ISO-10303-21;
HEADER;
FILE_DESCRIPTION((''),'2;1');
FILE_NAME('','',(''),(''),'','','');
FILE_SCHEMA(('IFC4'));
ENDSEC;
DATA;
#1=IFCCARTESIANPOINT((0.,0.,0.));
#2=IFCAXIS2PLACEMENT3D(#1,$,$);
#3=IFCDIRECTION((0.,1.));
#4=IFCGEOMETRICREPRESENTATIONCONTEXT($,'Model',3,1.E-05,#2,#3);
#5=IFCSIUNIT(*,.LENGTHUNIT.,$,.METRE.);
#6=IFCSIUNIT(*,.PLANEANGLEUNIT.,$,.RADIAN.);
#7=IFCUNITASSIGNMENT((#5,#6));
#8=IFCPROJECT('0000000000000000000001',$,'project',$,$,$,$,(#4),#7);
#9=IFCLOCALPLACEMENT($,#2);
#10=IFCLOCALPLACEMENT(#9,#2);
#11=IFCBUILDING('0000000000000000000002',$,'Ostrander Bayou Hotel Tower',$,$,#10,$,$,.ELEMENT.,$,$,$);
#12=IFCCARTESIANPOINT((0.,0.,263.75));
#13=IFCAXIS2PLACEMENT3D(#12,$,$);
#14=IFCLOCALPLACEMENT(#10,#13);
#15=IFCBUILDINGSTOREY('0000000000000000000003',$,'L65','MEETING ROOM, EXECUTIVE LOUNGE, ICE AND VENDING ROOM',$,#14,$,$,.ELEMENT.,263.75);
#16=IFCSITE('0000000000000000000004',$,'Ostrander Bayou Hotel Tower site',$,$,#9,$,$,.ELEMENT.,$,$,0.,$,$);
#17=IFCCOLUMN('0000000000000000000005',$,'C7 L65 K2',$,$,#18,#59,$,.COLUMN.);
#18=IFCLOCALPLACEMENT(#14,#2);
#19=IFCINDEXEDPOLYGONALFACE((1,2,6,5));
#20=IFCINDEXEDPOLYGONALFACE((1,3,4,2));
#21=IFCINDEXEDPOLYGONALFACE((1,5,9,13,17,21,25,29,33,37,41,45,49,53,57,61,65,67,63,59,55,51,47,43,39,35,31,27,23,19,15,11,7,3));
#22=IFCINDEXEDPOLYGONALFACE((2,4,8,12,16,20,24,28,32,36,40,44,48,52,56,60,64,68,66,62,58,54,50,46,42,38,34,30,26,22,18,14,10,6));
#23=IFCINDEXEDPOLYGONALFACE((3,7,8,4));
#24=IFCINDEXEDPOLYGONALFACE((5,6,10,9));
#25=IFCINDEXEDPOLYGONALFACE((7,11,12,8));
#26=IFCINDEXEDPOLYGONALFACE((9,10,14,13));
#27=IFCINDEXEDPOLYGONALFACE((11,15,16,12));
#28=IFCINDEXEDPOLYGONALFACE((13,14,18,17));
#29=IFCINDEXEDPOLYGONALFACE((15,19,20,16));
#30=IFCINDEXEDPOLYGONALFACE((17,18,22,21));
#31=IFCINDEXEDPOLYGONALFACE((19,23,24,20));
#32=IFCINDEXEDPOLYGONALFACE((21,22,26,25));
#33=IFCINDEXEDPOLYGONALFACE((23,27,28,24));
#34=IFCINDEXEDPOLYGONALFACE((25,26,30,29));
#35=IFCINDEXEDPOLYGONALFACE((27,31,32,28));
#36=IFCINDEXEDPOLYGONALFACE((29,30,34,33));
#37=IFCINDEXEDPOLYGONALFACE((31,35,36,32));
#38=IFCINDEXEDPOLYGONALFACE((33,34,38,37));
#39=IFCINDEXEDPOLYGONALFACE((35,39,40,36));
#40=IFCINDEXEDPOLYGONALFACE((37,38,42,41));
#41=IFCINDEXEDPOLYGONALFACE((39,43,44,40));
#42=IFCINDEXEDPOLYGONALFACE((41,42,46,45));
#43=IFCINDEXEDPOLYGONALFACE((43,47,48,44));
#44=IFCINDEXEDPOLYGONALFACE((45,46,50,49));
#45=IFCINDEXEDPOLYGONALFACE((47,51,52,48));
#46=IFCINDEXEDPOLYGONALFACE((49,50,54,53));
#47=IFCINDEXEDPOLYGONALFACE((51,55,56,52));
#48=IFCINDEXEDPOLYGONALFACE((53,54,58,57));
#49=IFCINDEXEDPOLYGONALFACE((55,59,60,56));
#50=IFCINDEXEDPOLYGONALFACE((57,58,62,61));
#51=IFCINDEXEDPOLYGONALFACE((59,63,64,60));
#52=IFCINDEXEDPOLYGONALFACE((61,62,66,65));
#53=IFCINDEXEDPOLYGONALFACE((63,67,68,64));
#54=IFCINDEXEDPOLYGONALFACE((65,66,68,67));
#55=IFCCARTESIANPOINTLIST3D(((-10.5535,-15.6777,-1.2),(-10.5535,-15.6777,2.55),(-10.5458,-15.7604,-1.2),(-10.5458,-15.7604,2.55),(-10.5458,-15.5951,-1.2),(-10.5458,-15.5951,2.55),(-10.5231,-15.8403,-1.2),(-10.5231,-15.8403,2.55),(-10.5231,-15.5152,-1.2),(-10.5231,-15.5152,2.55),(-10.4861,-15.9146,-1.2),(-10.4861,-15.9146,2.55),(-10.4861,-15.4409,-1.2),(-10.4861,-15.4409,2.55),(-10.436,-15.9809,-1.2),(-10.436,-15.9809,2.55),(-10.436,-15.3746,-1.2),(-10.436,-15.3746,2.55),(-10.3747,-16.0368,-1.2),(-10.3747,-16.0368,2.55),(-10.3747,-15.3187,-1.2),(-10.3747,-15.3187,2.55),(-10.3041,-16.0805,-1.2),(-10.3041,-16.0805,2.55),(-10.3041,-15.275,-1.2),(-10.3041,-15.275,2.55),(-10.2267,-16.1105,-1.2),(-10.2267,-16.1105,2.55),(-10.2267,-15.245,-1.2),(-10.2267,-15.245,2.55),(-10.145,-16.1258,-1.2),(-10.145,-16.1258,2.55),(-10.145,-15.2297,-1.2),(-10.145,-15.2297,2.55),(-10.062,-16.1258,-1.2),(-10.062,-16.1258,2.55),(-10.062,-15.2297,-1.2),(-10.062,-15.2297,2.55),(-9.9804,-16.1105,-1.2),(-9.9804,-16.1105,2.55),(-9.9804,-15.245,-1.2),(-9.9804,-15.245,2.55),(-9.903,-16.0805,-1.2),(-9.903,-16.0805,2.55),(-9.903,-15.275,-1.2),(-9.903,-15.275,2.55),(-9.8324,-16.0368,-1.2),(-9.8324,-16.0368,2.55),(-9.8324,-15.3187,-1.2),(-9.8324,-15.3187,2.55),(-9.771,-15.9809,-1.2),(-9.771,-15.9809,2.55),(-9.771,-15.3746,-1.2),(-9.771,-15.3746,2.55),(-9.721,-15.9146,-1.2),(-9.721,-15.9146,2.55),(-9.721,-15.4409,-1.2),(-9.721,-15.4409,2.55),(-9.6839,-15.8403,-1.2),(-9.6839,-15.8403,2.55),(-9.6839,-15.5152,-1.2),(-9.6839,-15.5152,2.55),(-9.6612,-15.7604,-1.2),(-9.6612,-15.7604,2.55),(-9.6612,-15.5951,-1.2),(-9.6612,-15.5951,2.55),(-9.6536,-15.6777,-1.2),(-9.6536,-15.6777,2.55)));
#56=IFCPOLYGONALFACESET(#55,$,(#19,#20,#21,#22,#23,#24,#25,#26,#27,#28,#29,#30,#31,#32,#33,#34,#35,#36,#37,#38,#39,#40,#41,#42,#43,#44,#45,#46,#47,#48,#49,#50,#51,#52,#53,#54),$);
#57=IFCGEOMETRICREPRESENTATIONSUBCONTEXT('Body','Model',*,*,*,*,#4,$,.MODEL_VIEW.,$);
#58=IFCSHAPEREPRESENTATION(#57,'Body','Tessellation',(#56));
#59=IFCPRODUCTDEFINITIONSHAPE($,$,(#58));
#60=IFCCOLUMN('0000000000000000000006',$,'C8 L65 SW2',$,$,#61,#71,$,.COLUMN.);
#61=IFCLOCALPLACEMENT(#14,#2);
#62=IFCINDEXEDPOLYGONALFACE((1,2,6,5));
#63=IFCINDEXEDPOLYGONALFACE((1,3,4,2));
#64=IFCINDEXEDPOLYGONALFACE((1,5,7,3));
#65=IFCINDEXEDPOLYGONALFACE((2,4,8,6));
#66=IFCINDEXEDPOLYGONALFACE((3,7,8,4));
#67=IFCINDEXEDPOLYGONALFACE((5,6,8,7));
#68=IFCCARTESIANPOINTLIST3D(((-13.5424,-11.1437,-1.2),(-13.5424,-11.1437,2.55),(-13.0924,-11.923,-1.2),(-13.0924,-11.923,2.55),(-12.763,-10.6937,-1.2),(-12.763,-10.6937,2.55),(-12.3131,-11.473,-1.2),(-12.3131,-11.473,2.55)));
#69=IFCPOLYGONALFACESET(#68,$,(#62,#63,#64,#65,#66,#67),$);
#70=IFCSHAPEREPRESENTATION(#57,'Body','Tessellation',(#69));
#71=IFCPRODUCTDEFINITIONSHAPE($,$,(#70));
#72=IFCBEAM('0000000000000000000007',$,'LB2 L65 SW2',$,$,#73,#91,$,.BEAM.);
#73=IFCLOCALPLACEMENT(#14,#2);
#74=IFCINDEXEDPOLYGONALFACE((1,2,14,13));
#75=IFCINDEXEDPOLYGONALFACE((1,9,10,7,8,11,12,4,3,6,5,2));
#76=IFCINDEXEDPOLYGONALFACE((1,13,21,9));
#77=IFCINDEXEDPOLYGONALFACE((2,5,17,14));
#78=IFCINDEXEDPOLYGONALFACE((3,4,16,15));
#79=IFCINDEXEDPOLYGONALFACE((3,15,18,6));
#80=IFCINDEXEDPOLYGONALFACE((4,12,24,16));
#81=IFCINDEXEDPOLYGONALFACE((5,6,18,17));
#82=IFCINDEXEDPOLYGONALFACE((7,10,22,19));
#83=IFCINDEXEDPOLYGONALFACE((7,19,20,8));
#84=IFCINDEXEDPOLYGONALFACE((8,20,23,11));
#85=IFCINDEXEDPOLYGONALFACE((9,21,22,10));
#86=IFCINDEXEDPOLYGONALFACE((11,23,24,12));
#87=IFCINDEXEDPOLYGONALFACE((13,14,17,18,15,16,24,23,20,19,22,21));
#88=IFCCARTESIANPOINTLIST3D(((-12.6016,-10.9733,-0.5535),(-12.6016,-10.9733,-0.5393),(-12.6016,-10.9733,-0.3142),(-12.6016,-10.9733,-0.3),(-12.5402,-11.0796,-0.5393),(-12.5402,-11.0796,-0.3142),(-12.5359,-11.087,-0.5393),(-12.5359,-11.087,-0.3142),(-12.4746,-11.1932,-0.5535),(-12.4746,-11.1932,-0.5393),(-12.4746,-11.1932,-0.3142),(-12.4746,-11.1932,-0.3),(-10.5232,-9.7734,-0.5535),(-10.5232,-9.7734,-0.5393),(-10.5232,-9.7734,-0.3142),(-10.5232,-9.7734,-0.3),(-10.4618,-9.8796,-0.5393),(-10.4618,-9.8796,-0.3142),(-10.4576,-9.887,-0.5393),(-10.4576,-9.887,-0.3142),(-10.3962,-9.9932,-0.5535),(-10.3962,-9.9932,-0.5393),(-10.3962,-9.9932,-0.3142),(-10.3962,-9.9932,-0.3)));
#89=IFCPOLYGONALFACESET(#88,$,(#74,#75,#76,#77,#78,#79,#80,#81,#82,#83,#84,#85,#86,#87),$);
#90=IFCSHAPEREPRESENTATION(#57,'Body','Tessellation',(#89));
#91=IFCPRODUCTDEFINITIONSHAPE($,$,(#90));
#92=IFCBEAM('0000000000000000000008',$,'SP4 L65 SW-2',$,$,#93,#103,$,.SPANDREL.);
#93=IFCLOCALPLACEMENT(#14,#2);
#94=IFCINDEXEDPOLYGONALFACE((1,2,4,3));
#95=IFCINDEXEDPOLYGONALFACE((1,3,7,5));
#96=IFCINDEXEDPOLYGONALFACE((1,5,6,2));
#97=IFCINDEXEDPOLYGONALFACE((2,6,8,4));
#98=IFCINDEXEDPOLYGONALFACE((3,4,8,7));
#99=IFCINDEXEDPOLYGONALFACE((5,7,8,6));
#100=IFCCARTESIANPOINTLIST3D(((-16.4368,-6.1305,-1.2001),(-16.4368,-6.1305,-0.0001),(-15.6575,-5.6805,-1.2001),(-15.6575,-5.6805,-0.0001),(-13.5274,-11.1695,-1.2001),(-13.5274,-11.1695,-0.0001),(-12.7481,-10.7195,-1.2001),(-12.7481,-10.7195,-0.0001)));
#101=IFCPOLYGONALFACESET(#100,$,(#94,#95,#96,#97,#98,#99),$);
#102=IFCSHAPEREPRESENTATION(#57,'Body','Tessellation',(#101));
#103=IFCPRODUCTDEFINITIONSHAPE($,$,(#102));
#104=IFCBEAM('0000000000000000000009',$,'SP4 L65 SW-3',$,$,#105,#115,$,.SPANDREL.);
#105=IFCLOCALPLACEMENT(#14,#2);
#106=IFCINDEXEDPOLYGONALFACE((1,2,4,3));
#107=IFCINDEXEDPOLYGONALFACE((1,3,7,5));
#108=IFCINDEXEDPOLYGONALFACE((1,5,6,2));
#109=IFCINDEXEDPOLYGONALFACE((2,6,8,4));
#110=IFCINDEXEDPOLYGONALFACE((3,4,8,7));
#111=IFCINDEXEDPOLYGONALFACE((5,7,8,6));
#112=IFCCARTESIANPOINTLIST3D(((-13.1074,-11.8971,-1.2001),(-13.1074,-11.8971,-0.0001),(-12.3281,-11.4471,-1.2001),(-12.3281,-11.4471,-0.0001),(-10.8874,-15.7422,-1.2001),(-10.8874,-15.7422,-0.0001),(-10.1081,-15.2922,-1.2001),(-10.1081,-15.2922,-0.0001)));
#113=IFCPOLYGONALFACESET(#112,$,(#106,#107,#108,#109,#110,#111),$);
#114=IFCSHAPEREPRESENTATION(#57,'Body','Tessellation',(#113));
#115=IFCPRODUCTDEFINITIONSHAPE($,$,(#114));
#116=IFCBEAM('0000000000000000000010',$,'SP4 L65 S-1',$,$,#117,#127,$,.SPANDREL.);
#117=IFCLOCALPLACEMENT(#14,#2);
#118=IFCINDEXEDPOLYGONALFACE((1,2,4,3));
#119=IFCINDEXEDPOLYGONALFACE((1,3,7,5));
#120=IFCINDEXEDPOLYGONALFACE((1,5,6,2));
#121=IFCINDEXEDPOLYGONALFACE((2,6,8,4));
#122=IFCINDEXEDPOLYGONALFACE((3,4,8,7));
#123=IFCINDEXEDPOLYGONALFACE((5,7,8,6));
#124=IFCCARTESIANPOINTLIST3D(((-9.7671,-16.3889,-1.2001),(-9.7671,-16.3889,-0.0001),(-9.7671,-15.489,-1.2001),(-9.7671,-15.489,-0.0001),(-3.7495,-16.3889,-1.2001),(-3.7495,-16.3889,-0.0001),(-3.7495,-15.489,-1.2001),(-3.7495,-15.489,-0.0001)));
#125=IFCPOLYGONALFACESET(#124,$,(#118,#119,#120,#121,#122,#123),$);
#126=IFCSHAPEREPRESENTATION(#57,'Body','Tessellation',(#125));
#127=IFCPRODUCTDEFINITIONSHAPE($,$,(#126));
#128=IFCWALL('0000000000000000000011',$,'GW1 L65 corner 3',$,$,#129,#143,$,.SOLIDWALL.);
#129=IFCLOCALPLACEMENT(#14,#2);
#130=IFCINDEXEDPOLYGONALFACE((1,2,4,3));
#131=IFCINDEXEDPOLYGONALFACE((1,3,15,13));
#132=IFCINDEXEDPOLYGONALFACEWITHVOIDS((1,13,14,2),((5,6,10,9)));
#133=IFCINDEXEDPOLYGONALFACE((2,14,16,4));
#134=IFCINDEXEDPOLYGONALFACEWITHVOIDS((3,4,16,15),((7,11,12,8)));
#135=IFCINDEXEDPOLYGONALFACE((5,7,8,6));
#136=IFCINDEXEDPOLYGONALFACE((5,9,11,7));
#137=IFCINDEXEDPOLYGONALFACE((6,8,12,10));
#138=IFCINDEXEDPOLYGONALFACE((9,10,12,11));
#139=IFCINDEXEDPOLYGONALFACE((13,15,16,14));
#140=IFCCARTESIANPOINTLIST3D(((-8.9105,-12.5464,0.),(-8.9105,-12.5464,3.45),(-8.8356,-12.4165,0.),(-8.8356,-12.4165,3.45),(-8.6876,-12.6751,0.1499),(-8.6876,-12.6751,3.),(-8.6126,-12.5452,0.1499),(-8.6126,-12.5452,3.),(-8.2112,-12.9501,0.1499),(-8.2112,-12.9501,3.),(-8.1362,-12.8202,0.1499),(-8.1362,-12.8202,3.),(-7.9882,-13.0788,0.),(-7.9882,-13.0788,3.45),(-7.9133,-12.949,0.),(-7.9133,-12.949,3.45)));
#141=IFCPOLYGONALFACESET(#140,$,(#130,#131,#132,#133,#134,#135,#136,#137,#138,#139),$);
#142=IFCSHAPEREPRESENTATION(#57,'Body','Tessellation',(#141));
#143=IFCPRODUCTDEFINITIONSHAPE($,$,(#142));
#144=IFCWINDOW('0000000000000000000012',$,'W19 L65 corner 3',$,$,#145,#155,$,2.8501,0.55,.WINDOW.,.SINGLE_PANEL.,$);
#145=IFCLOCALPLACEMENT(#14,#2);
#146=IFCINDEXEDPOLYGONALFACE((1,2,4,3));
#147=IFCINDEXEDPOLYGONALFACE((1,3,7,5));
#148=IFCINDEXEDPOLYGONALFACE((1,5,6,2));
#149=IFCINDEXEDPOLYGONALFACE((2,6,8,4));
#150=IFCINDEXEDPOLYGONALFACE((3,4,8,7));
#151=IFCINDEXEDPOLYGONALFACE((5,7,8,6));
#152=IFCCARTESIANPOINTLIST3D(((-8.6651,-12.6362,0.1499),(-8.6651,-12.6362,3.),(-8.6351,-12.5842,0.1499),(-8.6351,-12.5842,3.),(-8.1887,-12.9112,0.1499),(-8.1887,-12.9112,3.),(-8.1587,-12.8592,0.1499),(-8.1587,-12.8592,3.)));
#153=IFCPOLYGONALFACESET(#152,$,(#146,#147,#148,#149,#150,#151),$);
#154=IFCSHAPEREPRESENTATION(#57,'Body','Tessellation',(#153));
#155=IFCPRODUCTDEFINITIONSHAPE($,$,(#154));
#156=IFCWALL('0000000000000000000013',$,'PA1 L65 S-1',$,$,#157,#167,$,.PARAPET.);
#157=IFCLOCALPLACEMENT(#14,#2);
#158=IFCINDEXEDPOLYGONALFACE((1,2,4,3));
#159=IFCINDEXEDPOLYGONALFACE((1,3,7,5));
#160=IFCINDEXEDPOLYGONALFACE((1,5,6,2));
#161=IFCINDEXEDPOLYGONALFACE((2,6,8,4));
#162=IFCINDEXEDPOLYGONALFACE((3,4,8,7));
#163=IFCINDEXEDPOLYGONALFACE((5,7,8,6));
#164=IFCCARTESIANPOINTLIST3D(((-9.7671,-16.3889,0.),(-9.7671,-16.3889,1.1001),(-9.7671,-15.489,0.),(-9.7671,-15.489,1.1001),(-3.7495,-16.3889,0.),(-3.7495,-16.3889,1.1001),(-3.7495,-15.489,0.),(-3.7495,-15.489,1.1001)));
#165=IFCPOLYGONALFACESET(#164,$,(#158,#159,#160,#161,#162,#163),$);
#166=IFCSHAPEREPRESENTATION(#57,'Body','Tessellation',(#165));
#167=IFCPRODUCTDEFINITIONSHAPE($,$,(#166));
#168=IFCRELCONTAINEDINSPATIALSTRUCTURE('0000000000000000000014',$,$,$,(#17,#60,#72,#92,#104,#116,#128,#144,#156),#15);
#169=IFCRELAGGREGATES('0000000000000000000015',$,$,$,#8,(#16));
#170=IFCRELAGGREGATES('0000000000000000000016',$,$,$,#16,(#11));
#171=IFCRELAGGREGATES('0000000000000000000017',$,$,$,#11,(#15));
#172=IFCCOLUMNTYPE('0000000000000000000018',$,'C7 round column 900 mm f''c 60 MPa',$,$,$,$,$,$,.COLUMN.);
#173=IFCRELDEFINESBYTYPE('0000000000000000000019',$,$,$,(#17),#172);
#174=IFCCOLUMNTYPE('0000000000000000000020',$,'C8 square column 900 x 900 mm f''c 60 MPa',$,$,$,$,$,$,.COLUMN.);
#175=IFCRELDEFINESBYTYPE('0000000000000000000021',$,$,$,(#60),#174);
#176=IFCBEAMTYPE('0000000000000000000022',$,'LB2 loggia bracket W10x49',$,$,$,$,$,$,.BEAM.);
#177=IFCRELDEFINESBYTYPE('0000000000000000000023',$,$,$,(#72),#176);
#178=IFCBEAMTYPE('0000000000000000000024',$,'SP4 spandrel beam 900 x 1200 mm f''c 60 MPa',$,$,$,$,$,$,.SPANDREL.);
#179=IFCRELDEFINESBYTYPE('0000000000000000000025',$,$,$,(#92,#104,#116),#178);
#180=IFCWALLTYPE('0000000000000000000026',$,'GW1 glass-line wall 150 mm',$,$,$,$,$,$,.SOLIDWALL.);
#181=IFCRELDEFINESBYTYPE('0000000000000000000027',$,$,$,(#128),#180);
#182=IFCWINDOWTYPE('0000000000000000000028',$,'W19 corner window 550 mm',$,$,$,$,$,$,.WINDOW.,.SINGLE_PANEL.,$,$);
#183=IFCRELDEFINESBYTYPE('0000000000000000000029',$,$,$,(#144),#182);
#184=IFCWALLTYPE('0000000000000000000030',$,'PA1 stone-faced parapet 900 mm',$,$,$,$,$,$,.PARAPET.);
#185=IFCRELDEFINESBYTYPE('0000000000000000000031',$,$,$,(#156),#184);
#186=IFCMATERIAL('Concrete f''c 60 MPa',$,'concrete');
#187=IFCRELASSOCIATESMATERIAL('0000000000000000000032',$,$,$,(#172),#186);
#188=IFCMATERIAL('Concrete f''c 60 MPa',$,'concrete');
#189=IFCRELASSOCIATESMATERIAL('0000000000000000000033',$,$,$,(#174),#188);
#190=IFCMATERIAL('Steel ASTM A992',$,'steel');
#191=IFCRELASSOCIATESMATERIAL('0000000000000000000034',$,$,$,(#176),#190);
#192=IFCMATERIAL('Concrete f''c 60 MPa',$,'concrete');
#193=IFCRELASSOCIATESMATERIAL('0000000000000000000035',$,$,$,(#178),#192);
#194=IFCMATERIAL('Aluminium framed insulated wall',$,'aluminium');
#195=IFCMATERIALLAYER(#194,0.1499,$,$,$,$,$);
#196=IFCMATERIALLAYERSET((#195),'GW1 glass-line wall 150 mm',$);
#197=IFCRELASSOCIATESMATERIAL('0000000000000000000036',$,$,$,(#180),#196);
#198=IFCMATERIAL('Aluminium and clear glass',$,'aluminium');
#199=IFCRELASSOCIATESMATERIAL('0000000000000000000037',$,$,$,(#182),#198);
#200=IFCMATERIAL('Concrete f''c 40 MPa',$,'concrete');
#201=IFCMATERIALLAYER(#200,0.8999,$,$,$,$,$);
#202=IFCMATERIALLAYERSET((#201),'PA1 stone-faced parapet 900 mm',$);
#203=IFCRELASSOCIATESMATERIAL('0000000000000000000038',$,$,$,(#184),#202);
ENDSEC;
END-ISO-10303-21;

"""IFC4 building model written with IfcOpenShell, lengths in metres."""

from ifc_helpers import new_model, si_unit, direction, frame, frame_2d, origin, origin_2d, place, context, subcontext, project, spatial, rectangle, circle, i_section, extrude, material, layer, layer_set, material_profile, profile_set, type_object, element, fill, save


model = new_model("IFC4")

# Units and contexts
model_context = context("Model", 3, precision=1e-05, world=origin(), true_north=direction((0.0, 1.0)))
body_context = subcontext(model_context, "Body", "Model", "MODEL_VIEW")
ifc_project = project(units=[si_unit("LENGTHUNIT", "METRE"), si_unit("PLANEANGLEUNIT", "RADIAN")], contexts=[model_context])

# Site, building, storey
site_placement = place(None, origin())
site = spatial("IfcSite", under=ifc_project, at=site_placement, Name="Ostrander Bayou Hotel Tower site", CompositionType="ELEMENT", RefElevation=0.0)
building_placement = place(site_placement, origin())
building = spatial("IfcBuilding", under=site, at=building_placement, Name="Ostrander Bayou Hotel Tower", CompositionType="ELEMENT")
storey_placement = place(building_placement, frame((0.0, 0.0, 263.75)))
storey = spatial("IfcBuildingStorey", under=building, at=storey_placement, Name="L65", Description="MEETING ROOM, EXECUTIVE LOUNGE, ICE AND VENDING ROOM", CompositionType="ELEMENT", Elevation=263.75)

# Columns
ifc_material_1 = material(Name="Concrete f'c 60 MPa", Category="concrete")
ifc_material_profile_1 = material_profile(ifc_material_1, circle(Radius=0.45, at=origin_2d()))
ifc_profile_set_1 = profile_set([ifc_material_profile_1], Name="Concrete f'c 60 MPa")
column_type_1 = type_object("IfcColumnType", Name="C7 round column 900 mm f'c 60 MPa", PredefinedType="COLUMN", material=ifc_profile_set_1)
column_1_placement = place(storey_placement, frame((-10.1035, -15.6777, -1.2), z_axis=(0.0, 0.0, 1.0), x_axis=(1.0, 0.0, 0.0)))
element("IfcColumn", 1, at=column_1_placement, inside=storey, type_object=column_type_1, Name="C7 L65 K2", PredefinedType="COLUMN", context=body_context, shape_type="SweptSolid", body=[
    extrude(circle(Radius=0.45, at=origin_2d()), origin(), (0.0, 0.0, 1.0), 3.75),
])
ifc_material_2 = material(Name="Concrete f'c 60 MPa", Category="concrete")
ifc_material_profile_2 = material_profile(ifc_material_2, rectangle(XDim=0.8999, YDim=0.8999, at=origin_2d()))
ifc_profile_set_2 = profile_set([ifc_material_profile_2], Name="Concrete f'c 60 MPa")
column_type_2 = type_object("IfcColumnType", Name="C8 square column 900 x 900 mm f'c 60 MPa", PredefinedType="COLUMN", material=ifc_profile_set_2)
column_2_placement = place(storey_placement, frame((-12.9277, -11.3083, -1.2), z_axis=(0.0, 0.0, 1.0), x_axis=(-0.5, 0.866025, 0.0)))
element("IfcColumn", 2, at=column_2_placement, inside=storey, type_object=column_type_2, Name="C8 L65 SW2", PredefinedType="COLUMN", context=body_context, shape_type="SweptSolid", body=[
    extrude(rectangle(XDim=0.8999, YDim=0.8999, at=origin_2d()), origin(), (0.0, 0.0, 1.0), 3.75),
])

# Beams
ifc_material_3 = material(Name="Steel ASTM A992", Category="steel")
ifc_material_profile_3 = material_profile(ifc_material_3, i_section(OverallWidth=0.2539, OverallDepth=0.2534, WebThickness=0.0085, FlangeThickness=0.0142, at=origin_2d()))
ifc_profile_set_3 = profile_set([ifc_material_profile_3], Name="Steel ASTM A992")
beam_type_1 = type_object("IfcBeamType", Name="LB2 loggia bracket W10x49", PredefinedType="BEAM", material=ifc_profile_set_3)
beam_1_placement = place(storey_placement, frame((-12.5381, -11.0833, -0.4268), z_axis=(0.866025, 0.500001, 0.0), x_axis=(-0.500001, 0.866025, 0.0)))
element("IfcBeam", 3, at=beam_1_placement, inside=storey, type_object=beam_type_1, Name="LB2 L65 SW2", PredefinedType="BEAM", context=body_context, shape_type="SweptSolid", body=[
    extrude(i_section(OverallWidth=0.2539, OverallDepth=0.2534, WebThickness=0.0085, FlangeThickness=0.0142, at=origin_2d()), origin(), (0.0, 0.0, 1.0), 2.3999),
])
ifc_material_4 = material(Name="Concrete f'c 60 MPa", Category="concrete")
ifc_material_profile_4 = material_profile(ifc_material_4, rectangle(XDim=0.8999, YDim=1.2, at=origin_2d()))
ifc_profile_set_4 = profile_set([ifc_material_profile_4], Name="Concrete f'c 60 MPa")
beam_type_2 = type_object("IfcBeamType", Name="SP4 spandrel beam 900 x 1200 mm f'c 60 MPa", PredefinedType="SPANDREL", material=ifc_profile_set_4)
beam_2_placement = place(storey_placement, frame((-16.0471, -5.9055, -0.6001), z_axis=(0.500015, -0.866016, 0.0), x_axis=(0.866016, 0.500015, 0.0)))
element("IfcBeam", 4, at=beam_2_placement, inside=storey, type_object=beam_type_2, Name="SP4 L65 SW-2", PredefinedType="SPANDREL", context=body_context, shape_type="SweptSolid", body=[
    extrude(rectangle(XDim=0.8999, YDim=1.2, at=origin_2d()), origin(), (0.0, 0.0, 1.0), 5.8186),
])
beam_3_placement = place(storey_placement, frame((-12.7178, -11.6721, -0.6001), z_axis=(0.500013, -0.866018, 0.0), x_axis=(0.866018, 0.500013, 0.0)))
element("IfcBeam", 5, at=beam_3_placement, inside=storey, type_object=beam_type_2, Name="SP4 L65 SW-3", PredefinedType="SPANDREL", context=body_context, shape_type="SweptSolid", body=[
    extrude(rectangle(XDim=0.8999, YDim=1.2, at=origin_2d()), origin(), (0.0, 0.0, 1.0), 4.4399),
])
beam_4_placement = place(storey_placement, frame((-9.7671, -15.939, -0.6001), z_axis=(1.0, 0.0, 0.0), x_axis=(0.0, 1.0, 0.0)))
element("IfcBeam", 6, at=beam_4_placement, inside=storey, type_object=beam_type_2, Name="SP4 L65 S-1", PredefinedType="SPANDREL", context=body_context, shape_type="SweptSolid", body=[
    extrude(rectangle(XDim=0.8999, YDim=1.2, at=origin_2d()), origin(), (0.0, 0.0, 1.0), 6.0176),
])

# Wall, opening, window
ifc_material_5 = material(Name="Aluminium framed insulated wall", Category="aluminium")
ifc_layer_1 = layer(ifc_material_5, 0.1499)
ifc_layer_set_1 = layer_set([ifc_layer_1], Name="GW1 glass-line wall 150 mm")
wall_type_1 = type_object("IfcWallType", Name="GW1 glass-line wall 150 mm", PredefinedType="SOLIDWALL", material=ifc_layer_set_1)
wall_1_placement = place(storey_placement, frame((-8.873, -12.4814, 0.0), z_axis=(0.0, 0.0, 1.0), x_axis=(0.866048, -0.499961, 0.0)))
wall_1 = element("IfcWall", 7, at=wall_1_placement, inside=storey, type_object=wall_type_1, Name="GW1 L65 corner 3", PredefinedType="SOLIDWALL", context=body_context, shape_type="SweptSolid", body=[
    extrude(rectangle(XDim=1.0649, YDim=0.1499, at=frame_2d((0.5325, 0.0))), origin(), (0.0, 0.0, 1.0), 3.45),
])
opening_placement = place(wall_1_placement, frame((0.2576, 0.0, 0.1499)))
opening = element("IfcOpeningElement", 8, at=opening_placement, cuts=wall_1, PredefinedType="OPENING", context=body_context, shape_type="SweptSolid", body=[
    extrude(rectangle(XDim=0.55, YDim=2.8501, at=frame_2d((0.2749, 1.425))), frame((0.0, 0.075, 0.0), z_axis=(0.0, -1.0, 0.0), x_axis=(1.0, 0.0, 0.0)), (0.0, 0.0, 1.0), 0.1499),
])
ifc_material_6 = material(Name="Aluminium and clear glass", Category="aluminium")
window_type = type_object("IfcWindowType", Name="W19 corner window 550 mm", PartitioningType="SINGLE_PANEL", PredefinedType="WINDOW", material=ifc_material_6)
window_placement = place(opening_placement, origin())
window = element("IfcWindow", 9, at=window_placement, inside=storey, type_object=window_type, Name="W19 L65 corner 3", OverallHeight=2.8501, OverallWidth=0.55, PartitioningType="SINGLE_PANEL", PredefinedType="WINDOW", context=body_context, shape_type="SweptSolid", body=[
    extrude(rectangle(XDim=0.55, YDim=2.8501, at=frame_2d((0.2749, 1.425))), frame((0.0, 0.03, 0.0), z_axis=(0.0, -1.0, 0.0), x_axis=(1.0, 0.0, 0.0)), (0.0, 0.0, 1.0), 0.0601),
])
fill(opening, window)

# Wall
ifc_material_7 = material(Name="Concrete f'c 40 MPa", Category="concrete")
ifc_layer_2 = layer(ifc_material_7, 0.8999)
ifc_layer_set_2 = layer_set([ifc_layer_2], Name="PA1 stone-faced parapet 900 mm")
wall_type_2 = type_object("IfcWallType", Name="PA1 stone-faced parapet 900 mm", PredefinedType="PARAPET", material=ifc_layer_set_2)
wall_2_placement = place(storey_placement, frame((-9.7671, -15.939, 0.0), z_axis=(0.0, 0.0, 1.0), x_axis=(1.0, 0.0, 0.0)))
element("IfcWall", 10, at=wall_2_placement, inside=storey, type_object=wall_type_2, Name="PA1 L65 S-1", PredefinedType="PARAPET", context=body_context, shape_type="SweptSolid", body=[
    extrude(rectangle(XDim=6.0176, YDim=0.8999, at=frame_2d((3.0088, 0.0))), origin(), (0.0, 0.0, 1.0), 1.1001),
])

save(model, "model.ifc")
